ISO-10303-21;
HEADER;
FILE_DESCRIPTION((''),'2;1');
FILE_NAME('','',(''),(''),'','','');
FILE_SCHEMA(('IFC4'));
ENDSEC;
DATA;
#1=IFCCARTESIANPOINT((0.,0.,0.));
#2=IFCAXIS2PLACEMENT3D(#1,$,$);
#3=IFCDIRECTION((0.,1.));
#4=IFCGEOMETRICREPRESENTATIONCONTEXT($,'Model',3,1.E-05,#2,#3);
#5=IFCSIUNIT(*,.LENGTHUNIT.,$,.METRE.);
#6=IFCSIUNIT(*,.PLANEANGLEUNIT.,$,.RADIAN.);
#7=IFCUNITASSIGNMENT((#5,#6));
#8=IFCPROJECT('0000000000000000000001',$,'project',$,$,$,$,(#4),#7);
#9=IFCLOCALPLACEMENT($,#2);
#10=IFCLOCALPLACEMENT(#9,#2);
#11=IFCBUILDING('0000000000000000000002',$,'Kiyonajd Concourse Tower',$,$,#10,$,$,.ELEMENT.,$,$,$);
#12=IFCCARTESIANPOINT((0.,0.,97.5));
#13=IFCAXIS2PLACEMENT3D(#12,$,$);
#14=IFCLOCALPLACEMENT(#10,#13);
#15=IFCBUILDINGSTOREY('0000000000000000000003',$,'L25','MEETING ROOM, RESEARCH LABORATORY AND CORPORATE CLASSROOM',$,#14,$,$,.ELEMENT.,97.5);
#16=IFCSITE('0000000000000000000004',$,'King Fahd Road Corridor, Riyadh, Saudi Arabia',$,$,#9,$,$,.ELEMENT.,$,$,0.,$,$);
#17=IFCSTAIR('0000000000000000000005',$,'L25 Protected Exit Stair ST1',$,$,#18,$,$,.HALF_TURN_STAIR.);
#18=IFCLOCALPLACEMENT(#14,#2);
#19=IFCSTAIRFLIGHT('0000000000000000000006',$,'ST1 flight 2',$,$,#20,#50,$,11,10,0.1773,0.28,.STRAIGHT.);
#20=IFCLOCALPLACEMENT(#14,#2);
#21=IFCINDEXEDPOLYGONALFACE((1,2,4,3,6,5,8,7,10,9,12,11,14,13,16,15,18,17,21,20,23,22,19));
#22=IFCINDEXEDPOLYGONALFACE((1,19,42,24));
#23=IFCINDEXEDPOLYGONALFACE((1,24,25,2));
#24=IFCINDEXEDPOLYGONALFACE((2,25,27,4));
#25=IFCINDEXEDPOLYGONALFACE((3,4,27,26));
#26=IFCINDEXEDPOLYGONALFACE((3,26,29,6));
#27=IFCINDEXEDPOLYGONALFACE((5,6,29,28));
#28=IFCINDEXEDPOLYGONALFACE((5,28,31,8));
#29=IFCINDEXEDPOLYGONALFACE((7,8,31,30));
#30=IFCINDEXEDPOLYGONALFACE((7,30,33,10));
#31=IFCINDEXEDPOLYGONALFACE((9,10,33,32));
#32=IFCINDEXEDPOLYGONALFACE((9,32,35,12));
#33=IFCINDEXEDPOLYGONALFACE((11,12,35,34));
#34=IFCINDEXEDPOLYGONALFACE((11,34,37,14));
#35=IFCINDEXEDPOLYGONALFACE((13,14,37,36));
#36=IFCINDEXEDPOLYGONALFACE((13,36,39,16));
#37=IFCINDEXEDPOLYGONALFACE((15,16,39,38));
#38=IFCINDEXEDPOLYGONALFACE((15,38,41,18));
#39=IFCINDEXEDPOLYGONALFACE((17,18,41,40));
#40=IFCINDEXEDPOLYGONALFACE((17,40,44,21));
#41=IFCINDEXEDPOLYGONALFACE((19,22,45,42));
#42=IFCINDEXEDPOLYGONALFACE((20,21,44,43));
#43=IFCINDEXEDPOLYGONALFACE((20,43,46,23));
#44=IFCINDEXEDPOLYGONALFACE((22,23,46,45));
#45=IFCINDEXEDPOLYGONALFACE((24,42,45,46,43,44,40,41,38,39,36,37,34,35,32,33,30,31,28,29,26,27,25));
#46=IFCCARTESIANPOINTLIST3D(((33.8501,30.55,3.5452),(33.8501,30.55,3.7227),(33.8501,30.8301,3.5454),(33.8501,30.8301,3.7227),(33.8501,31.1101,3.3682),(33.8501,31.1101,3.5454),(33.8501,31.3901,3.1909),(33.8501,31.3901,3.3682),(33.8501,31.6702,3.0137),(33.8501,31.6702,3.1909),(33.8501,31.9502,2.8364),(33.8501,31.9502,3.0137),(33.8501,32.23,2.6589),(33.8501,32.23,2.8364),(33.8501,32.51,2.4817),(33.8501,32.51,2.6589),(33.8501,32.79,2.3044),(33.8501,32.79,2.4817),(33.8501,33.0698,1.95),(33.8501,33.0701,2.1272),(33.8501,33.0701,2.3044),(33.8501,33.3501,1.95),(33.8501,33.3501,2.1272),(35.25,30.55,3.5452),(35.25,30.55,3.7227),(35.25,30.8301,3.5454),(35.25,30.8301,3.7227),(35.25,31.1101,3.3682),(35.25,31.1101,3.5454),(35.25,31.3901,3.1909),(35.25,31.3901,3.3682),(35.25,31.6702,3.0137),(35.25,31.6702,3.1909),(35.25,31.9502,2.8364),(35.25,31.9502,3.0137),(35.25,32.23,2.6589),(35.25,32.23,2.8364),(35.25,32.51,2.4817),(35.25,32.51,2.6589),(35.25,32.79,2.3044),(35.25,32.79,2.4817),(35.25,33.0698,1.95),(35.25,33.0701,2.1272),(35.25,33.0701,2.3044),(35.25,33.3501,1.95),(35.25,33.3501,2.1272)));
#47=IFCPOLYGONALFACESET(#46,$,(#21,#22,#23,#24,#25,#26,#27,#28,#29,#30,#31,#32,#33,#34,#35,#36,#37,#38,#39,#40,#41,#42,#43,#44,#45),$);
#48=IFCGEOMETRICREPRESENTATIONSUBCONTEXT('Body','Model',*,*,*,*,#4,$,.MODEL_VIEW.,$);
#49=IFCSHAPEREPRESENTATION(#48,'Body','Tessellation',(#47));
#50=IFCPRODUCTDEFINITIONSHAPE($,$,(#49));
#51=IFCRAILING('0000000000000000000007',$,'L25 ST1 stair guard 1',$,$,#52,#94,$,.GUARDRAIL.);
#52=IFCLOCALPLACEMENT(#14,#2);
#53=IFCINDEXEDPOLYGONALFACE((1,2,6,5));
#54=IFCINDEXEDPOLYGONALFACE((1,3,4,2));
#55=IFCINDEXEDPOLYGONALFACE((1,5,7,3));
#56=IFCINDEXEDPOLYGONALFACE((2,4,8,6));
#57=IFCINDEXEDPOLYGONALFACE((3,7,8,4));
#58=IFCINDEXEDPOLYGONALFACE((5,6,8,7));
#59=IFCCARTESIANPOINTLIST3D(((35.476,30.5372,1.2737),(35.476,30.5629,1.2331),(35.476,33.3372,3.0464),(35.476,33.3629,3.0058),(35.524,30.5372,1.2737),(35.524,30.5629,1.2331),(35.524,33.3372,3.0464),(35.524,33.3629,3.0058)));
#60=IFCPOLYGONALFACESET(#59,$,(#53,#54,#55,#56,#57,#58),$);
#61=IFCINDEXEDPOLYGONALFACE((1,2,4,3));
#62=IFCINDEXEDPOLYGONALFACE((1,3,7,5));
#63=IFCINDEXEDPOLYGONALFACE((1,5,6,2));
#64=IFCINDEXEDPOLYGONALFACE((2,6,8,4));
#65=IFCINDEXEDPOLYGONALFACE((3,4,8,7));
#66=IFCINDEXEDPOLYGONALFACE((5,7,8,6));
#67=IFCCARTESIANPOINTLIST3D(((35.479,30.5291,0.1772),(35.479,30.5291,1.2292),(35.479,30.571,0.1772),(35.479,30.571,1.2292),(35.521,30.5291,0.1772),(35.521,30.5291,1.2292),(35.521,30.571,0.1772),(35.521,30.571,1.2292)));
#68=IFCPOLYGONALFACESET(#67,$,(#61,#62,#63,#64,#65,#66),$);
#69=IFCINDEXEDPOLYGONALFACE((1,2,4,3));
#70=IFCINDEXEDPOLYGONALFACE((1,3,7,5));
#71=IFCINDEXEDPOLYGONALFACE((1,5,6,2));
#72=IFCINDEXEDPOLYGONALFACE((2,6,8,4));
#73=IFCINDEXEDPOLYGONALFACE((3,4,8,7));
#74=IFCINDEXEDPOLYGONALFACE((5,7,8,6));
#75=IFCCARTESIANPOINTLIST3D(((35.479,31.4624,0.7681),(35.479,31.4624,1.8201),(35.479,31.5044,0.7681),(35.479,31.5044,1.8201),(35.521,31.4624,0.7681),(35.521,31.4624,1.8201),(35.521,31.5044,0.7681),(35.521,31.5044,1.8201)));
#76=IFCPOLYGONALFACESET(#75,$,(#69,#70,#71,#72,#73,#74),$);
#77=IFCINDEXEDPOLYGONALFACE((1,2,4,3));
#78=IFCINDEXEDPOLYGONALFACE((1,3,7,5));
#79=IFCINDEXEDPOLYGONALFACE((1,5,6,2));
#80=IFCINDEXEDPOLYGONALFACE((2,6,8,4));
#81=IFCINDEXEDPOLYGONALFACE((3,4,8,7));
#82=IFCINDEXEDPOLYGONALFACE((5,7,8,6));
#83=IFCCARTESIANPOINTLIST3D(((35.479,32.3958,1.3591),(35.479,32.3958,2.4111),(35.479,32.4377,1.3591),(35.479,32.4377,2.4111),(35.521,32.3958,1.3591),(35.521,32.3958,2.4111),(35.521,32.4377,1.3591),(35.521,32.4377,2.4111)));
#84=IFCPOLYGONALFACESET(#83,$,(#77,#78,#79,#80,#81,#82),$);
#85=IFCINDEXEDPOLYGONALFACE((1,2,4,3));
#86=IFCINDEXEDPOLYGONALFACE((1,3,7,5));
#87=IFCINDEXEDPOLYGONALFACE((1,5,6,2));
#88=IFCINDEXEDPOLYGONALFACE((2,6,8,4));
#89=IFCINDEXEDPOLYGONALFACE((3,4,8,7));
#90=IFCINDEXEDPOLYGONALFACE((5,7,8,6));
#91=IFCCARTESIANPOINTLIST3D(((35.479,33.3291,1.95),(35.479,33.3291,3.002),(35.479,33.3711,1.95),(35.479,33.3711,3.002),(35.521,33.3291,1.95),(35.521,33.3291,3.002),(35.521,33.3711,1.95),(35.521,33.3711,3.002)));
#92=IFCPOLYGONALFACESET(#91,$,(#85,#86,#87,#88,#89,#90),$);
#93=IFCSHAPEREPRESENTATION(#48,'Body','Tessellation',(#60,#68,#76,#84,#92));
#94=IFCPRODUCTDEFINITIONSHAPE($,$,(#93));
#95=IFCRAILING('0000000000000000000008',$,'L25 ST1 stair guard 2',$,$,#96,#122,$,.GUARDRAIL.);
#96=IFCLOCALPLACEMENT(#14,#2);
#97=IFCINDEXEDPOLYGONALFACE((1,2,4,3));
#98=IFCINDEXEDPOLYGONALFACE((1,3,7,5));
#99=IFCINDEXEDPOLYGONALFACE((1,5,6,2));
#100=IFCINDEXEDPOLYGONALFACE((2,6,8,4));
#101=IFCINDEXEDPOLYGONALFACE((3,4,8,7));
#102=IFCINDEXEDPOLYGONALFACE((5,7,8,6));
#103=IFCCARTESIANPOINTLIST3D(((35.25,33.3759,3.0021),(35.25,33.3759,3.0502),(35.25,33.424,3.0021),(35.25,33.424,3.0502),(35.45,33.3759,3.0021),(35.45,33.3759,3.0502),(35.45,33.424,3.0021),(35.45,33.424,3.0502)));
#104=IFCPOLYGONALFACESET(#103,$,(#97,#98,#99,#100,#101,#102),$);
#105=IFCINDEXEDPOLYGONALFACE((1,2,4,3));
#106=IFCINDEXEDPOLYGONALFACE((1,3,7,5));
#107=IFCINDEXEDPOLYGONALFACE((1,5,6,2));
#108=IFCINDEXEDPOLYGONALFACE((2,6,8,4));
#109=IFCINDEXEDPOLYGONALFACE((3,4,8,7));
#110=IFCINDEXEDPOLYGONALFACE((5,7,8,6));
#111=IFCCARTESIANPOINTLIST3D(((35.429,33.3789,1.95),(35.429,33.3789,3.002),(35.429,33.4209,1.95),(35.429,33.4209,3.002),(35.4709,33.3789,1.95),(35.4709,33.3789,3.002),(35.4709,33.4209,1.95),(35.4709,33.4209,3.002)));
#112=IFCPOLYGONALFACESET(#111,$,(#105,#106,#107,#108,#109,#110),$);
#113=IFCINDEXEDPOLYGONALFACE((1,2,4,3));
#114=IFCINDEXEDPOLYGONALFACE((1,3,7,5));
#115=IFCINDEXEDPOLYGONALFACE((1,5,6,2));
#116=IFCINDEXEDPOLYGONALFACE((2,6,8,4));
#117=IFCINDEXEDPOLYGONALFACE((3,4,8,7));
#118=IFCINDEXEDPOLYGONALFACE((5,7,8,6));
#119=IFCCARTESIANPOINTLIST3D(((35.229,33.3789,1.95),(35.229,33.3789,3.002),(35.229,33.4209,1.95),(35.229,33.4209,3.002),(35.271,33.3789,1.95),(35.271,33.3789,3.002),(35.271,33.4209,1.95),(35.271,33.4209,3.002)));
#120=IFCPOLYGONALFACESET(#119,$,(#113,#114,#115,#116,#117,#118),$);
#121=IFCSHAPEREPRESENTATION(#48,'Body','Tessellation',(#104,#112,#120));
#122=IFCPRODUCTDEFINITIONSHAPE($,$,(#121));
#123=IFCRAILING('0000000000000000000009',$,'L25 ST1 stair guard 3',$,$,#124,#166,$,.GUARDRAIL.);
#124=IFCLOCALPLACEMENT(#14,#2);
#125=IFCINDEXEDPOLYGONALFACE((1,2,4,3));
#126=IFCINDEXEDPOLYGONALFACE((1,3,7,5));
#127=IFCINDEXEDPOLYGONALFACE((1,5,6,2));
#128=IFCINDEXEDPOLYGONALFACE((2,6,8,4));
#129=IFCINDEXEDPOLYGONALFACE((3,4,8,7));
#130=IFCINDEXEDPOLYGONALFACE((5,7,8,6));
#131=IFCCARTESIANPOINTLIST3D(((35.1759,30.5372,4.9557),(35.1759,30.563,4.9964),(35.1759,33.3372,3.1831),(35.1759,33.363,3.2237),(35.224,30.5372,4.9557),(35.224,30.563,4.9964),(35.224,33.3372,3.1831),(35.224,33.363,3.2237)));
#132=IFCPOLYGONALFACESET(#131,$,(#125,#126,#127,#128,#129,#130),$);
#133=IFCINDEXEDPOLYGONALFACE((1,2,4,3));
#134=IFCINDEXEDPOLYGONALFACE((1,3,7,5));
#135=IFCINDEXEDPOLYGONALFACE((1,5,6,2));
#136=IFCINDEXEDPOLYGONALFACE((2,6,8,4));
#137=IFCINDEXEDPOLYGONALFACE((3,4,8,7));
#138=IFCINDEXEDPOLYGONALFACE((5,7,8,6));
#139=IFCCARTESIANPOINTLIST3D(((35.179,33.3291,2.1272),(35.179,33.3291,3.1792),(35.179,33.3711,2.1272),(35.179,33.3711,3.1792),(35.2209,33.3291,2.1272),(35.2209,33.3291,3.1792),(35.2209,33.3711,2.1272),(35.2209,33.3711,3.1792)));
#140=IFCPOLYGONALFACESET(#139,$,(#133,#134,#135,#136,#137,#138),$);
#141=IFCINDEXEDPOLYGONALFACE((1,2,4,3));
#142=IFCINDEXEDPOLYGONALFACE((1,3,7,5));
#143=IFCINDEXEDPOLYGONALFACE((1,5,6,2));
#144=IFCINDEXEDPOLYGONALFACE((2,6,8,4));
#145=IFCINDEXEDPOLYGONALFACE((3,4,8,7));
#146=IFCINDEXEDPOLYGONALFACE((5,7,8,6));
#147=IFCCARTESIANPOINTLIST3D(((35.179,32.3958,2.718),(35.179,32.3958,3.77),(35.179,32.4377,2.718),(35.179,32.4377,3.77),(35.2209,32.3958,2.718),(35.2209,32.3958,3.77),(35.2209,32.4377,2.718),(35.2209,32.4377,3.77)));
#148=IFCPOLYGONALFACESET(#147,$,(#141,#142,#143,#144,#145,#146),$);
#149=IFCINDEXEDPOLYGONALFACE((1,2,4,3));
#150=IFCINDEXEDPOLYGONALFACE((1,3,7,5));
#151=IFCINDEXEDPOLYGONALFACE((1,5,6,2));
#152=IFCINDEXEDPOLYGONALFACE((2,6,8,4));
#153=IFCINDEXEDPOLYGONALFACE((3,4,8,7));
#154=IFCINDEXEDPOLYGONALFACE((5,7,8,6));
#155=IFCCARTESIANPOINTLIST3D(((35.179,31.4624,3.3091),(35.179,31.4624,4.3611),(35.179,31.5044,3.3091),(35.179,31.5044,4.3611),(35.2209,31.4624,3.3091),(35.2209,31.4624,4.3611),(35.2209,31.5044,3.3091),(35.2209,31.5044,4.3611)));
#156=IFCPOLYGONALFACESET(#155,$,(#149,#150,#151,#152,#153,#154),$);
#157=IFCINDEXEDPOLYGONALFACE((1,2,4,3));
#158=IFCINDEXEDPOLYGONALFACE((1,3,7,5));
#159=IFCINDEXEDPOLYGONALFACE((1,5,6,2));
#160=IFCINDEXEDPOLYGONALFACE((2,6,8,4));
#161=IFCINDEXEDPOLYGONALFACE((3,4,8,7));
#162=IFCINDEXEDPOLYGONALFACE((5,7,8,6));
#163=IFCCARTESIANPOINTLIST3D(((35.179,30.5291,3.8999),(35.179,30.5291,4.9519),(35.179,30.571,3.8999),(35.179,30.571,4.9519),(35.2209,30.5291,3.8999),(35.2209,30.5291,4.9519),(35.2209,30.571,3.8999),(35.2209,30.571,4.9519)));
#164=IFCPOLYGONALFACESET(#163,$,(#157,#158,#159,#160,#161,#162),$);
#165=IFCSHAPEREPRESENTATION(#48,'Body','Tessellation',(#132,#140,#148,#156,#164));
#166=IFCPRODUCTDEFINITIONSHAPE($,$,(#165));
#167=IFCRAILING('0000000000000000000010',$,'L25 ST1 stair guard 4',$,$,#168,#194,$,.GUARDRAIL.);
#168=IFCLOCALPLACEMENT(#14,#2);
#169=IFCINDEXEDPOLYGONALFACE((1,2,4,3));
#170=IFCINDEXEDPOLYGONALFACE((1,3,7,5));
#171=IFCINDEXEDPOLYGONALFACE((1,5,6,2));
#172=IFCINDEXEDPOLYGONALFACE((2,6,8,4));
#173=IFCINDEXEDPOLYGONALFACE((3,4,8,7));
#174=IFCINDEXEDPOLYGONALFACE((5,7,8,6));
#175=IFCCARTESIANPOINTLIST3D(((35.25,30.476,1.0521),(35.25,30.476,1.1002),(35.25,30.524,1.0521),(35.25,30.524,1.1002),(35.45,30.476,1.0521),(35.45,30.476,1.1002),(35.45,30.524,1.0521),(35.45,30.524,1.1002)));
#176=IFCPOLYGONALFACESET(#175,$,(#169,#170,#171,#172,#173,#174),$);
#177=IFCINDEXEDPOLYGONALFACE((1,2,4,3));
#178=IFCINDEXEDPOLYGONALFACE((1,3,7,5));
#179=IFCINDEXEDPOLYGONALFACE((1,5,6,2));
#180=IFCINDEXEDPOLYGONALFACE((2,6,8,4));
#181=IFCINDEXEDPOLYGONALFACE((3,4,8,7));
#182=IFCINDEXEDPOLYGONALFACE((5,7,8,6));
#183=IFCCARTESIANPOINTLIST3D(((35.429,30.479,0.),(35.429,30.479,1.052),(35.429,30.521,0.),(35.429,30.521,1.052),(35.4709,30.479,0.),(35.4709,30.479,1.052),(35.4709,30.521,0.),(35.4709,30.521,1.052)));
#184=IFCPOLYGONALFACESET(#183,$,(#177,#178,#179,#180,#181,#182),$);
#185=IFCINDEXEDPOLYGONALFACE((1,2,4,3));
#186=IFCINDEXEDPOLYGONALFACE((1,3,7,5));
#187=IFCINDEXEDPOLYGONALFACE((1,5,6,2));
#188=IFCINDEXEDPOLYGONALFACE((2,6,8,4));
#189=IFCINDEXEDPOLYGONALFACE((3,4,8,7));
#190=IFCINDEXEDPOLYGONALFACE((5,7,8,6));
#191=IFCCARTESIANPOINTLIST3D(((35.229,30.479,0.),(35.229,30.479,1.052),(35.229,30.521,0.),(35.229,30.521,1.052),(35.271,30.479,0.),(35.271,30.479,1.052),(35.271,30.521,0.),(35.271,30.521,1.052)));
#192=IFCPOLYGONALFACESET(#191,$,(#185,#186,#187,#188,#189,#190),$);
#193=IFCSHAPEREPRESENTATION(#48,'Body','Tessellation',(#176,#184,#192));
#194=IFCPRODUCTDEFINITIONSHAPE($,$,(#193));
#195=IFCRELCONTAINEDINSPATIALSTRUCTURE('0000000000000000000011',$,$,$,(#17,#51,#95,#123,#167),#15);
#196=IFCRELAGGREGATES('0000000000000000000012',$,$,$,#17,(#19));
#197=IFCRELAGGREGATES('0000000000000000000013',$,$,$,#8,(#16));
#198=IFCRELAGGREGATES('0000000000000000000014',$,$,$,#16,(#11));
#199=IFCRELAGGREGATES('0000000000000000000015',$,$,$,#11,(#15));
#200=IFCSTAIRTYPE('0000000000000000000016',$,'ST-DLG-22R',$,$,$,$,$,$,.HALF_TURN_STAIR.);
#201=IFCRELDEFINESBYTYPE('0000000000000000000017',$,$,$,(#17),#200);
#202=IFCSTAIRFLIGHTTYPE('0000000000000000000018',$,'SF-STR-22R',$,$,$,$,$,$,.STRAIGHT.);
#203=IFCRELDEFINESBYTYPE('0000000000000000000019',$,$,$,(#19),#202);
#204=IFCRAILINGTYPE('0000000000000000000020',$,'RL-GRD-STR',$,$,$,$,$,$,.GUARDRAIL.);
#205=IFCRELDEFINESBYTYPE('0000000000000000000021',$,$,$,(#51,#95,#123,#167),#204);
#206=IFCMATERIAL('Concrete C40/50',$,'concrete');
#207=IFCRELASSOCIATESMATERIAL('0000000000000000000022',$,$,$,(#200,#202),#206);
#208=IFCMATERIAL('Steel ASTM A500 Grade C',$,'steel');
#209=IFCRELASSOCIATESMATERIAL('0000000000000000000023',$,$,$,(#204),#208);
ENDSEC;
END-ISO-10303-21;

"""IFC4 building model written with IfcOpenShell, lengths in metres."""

from ifc_helpers import new_model, si_unit, direction, frame, origin, origin_2d, place, context, subcontext, project, spatial, polyline, rectangle, outline, extrude, material, type_object, element, aggregate, save


model = new_model("IFC4")

# Units and contexts
model_context = context("Model", 3, precision=1e-05, world=origin(), true_north=direction((0.0, 1.0)))
body_context = subcontext(model_context, "Body", "Model", "MODEL_VIEW")
ifc_project = project(units=[si_unit("LENGTHUNIT", "METRE"), si_unit("PLANEANGLEUNIT", "RADIAN")], contexts=[model_context])

# Site, building, storey
site_placement = place(None, origin())
site = spatial("IfcSite", under=ifc_project, at=site_placement, Name="King Fahd Road Corridor, Riyadh, Saudi Arabia", CompositionType="ELEMENT", RefElevation=0.0)
building_placement = place(site_placement, origin())
building = spatial("IfcBuilding", under=site, at=building_placement, Name="Kiyonajd Concourse Tower", CompositionType="ELEMENT")
storey_placement = place(building_placement, frame((0.0, 0.0, 97.5)))
storey = spatial("IfcBuildingStorey", under=building, at=storey_placement, Name="L25", Description="MEETING ROOM, RESEARCH LABORATORY AND CORPORATE CLASSROOM", CompositionType="ELEMENT", Elevation=97.5)

# Stair, stair flight
ifc_material_1 = material(Name="Concrete C40/50", Category="concrete")
stair_type = type_object("IfcStairType", Name="ST-DLG-22R", PredefinedType="HALF_TURN_STAIR", material=ifc_material_1)
stair_placement = place(storey_placement, origin())
stair = element("IfcStair", 1, at=stair_placement, inside=storey, type_object=stair_type, Name="L25 Protected Exit Stair ST1", PredefinedType="HALF_TURN_STAIR")
stair_flight_type = type_object("IfcStairFlightType", Name="SF-STR-22R", PredefinedType="STRAIGHT", material=ifc_material_1)
stair_flight_1_placement = place(storey_placement, frame((34.55, 33.3501, 1.95), z_axis=(0.0, 0.0, 1.0), x_axis=(0.0, -1.0, 0.0)))
stair_flight_1 = element("IfcStairFlight", 2, at=stair_flight_1_placement, type_object=stair_flight_type, Name="ST1 flight 2", NumberOfRisers=11, NumberOfTreads=10, PredefinedType="STRAIGHT", RiserHeight=0.1773, TreadLength=0.28, context=body_context, shape_type="SweptSolid", body=[
    extrude(outline(polyline([(0.0, 0.0), (0.0, 0.1772), (0.28, 0.1772), (0.28, 0.3545), (0.5601, 0.3545), (0.5601, 0.5317), (0.8401, 0.5317), (0.8401, 0.709), (1.1201, 0.709), (1.1201, 0.8865), (1.3999, 0.8865), (1.3999, 1.0637), (1.6799, 1.0637), (1.6799, 1.241), (1.96, 1.241), (1.96, 1.4182), (2.24, 1.4182), (2.24, 1.5955), (2.52, 1.5955), (2.52, 1.7727), (2.8, 1.7727), (2.8, 1.95), (2.8, 1.5952), (0.2803, 0.0), (0.0, 0.0)])), frame((0.0, 0.7, 0.0), z_axis=(0.0, -1.0, 0.0), x_axis=(1.0, 0.0, 0.0)), (0.0, 0.0, 1.0), 1.3999),
])
aggregate(stair, [stair_flight_1])

# Railings
ifc_material_2 = material(Name="Steel ASTM A500 Grade C", Category="steel")
railing_type_1 = type_object("IfcRailingType", Name="RL-GRD-STR", PredefinedType="GUARDRAIL", material=ifc_material_2)
railing_1_placement = place(storey_placement, frame((35.5, 30.55, 0.1772)))
element("IfcRailing", 3, at=railing_1_placement, inside=storey, type_object=railing_type_1, Name="L25 ST1 stair guard 1", PredefinedType="GUARDRAIL", context=body_context, shape_type="SweptSolid", body=[
    extrude(rectangle(XDim=0.0481, YDim=0.0481, at=origin_2d()), frame((0.0, 0.0, 1.0762), z_axis=(0.0, 0.844909, 0.53491), x_axis=(-1.0, 0.0, 0.0)), (0.0, 0.0, 1.0), 3.314),
    extrude(rectangle(XDim=0.042, YDim=0.042, at=origin_2d()), origin(), (0.0, 0.0, 1.0), 1.052),
    extrude(rectangle(XDim=0.042, YDim=0.042, at=origin_2d()), frame((0.0, 0.9333, 0.5908)), (0.0, 0.0, 1.0), 1.052),
    extrude(rectangle(XDim=0.042, YDim=0.042, at=origin_2d()), frame((0.0, 1.8667, 1.1819)), (0.0, 0.0, 1.0), 1.052),
    extrude(rectangle(XDim=0.042, YDim=0.042, at=origin_2d()), frame((0.0, 2.8, 1.7727)), (0.0, 0.0, 1.0), 1.052),
])
railing_2_placement = place(storey_placement, frame((35.45, 33.3999, 1.95)))
element("IfcRailing", 4, at=railing_2_placement, inside=storey, type_object=railing_type_1, Name="L25 ST1 stair guard 2", PredefinedType="GUARDRAIL", context=body_context, shape_type="SweptSolid", body=[
    extrude(rectangle(XDim=0.0481, YDim=0.0481, at=origin_2d()), frame((0.0, 0.0, 1.0762), z_axis=(-1.0, 0.0, 0.0), x_axis=(0.0, -1.0, 0.0)), (0.0, 0.0, 1.0), 0.2),
    extrude(rectangle(XDim=0.042, YDim=0.042, at=origin_2d()), origin(), (0.0, 0.0, 1.0), 1.052),
    extrude(rectangle(XDim=0.042, YDim=0.042, at=origin_2d()), frame((-0.2, 0.0, 0.0)), (0.0, 0.0, 1.0), 1.052),
])
railing_3_placement = place(storey_placement, frame((35.2, 33.3501, 2.1272)))
element("IfcRailing", 5, at=railing_3_placement, inside=storey, type_object=railing_type_1, Name="L25 ST1 stair guard 3", PredefinedType="GUARDRAIL", context=body_context, shape_type="SweptSolid", body=[
    extrude(rectangle(XDim=0.0481, YDim=0.0481, at=origin_2d()), frame((0.0, 0.0, 1.0762), z_axis=(0.0, -0.844909, 0.53491), x_axis=(1.0, 0.0, 0.0)), (0.0, 0.0, 1.0), 3.314),
    extrude(rectangle(XDim=0.042, YDim=0.042, at=origin_2d()), origin(), (0.0, 0.0, 1.0), 1.052),
    extrude(rectangle(XDim=0.042, YDim=0.042, at=origin_2d()), frame((0.0, -0.9333, 0.5908)), (0.0, 0.0, 1.0), 1.052),
    extrude(rectangle(XDim=0.042, YDim=0.042, at=origin_2d()), frame((0.0, -1.8667, 1.1819)), (0.0, 0.0, 1.0), 1.052),
    extrude(rectangle(XDim=0.042, YDim=0.042, at=origin_2d()), frame((0.0, -2.8, 1.7727)), (0.0, 0.0, 1.0), 1.052),
])
railing_4_placement = place(storey_placement, frame((35.45, 30.5, 0.0)))
element("IfcRailing", 6, at=railing_4_placement, inside=storey, type_object=railing_type_1, Name="L25 ST1 stair guard 4", PredefinedType="GUARDRAIL", context=body_context, shape_type="SweptSolid", body=[
    extrude(rectangle(XDim=0.0481, YDim=0.0481, at=origin_2d()), frame((0.0, 0.0, 1.0762), z_axis=(-1.0, 0.0, 0.0), x_axis=(0.0, -1.0, 0.0)), (0.0, 0.0, 1.0), 0.2),
    extrude(rectangle(XDim=0.042, YDim=0.042, at=origin_2d()), origin(), (0.0, 0.0, 1.0), 1.052),
    extrude(rectangle(XDim=0.042, YDim=0.042, at=origin_2d()), frame((-0.2, 0.0, 0.0)), (0.0, 0.0, 1.0), 1.052),
])

save(model, "model.ifc")
